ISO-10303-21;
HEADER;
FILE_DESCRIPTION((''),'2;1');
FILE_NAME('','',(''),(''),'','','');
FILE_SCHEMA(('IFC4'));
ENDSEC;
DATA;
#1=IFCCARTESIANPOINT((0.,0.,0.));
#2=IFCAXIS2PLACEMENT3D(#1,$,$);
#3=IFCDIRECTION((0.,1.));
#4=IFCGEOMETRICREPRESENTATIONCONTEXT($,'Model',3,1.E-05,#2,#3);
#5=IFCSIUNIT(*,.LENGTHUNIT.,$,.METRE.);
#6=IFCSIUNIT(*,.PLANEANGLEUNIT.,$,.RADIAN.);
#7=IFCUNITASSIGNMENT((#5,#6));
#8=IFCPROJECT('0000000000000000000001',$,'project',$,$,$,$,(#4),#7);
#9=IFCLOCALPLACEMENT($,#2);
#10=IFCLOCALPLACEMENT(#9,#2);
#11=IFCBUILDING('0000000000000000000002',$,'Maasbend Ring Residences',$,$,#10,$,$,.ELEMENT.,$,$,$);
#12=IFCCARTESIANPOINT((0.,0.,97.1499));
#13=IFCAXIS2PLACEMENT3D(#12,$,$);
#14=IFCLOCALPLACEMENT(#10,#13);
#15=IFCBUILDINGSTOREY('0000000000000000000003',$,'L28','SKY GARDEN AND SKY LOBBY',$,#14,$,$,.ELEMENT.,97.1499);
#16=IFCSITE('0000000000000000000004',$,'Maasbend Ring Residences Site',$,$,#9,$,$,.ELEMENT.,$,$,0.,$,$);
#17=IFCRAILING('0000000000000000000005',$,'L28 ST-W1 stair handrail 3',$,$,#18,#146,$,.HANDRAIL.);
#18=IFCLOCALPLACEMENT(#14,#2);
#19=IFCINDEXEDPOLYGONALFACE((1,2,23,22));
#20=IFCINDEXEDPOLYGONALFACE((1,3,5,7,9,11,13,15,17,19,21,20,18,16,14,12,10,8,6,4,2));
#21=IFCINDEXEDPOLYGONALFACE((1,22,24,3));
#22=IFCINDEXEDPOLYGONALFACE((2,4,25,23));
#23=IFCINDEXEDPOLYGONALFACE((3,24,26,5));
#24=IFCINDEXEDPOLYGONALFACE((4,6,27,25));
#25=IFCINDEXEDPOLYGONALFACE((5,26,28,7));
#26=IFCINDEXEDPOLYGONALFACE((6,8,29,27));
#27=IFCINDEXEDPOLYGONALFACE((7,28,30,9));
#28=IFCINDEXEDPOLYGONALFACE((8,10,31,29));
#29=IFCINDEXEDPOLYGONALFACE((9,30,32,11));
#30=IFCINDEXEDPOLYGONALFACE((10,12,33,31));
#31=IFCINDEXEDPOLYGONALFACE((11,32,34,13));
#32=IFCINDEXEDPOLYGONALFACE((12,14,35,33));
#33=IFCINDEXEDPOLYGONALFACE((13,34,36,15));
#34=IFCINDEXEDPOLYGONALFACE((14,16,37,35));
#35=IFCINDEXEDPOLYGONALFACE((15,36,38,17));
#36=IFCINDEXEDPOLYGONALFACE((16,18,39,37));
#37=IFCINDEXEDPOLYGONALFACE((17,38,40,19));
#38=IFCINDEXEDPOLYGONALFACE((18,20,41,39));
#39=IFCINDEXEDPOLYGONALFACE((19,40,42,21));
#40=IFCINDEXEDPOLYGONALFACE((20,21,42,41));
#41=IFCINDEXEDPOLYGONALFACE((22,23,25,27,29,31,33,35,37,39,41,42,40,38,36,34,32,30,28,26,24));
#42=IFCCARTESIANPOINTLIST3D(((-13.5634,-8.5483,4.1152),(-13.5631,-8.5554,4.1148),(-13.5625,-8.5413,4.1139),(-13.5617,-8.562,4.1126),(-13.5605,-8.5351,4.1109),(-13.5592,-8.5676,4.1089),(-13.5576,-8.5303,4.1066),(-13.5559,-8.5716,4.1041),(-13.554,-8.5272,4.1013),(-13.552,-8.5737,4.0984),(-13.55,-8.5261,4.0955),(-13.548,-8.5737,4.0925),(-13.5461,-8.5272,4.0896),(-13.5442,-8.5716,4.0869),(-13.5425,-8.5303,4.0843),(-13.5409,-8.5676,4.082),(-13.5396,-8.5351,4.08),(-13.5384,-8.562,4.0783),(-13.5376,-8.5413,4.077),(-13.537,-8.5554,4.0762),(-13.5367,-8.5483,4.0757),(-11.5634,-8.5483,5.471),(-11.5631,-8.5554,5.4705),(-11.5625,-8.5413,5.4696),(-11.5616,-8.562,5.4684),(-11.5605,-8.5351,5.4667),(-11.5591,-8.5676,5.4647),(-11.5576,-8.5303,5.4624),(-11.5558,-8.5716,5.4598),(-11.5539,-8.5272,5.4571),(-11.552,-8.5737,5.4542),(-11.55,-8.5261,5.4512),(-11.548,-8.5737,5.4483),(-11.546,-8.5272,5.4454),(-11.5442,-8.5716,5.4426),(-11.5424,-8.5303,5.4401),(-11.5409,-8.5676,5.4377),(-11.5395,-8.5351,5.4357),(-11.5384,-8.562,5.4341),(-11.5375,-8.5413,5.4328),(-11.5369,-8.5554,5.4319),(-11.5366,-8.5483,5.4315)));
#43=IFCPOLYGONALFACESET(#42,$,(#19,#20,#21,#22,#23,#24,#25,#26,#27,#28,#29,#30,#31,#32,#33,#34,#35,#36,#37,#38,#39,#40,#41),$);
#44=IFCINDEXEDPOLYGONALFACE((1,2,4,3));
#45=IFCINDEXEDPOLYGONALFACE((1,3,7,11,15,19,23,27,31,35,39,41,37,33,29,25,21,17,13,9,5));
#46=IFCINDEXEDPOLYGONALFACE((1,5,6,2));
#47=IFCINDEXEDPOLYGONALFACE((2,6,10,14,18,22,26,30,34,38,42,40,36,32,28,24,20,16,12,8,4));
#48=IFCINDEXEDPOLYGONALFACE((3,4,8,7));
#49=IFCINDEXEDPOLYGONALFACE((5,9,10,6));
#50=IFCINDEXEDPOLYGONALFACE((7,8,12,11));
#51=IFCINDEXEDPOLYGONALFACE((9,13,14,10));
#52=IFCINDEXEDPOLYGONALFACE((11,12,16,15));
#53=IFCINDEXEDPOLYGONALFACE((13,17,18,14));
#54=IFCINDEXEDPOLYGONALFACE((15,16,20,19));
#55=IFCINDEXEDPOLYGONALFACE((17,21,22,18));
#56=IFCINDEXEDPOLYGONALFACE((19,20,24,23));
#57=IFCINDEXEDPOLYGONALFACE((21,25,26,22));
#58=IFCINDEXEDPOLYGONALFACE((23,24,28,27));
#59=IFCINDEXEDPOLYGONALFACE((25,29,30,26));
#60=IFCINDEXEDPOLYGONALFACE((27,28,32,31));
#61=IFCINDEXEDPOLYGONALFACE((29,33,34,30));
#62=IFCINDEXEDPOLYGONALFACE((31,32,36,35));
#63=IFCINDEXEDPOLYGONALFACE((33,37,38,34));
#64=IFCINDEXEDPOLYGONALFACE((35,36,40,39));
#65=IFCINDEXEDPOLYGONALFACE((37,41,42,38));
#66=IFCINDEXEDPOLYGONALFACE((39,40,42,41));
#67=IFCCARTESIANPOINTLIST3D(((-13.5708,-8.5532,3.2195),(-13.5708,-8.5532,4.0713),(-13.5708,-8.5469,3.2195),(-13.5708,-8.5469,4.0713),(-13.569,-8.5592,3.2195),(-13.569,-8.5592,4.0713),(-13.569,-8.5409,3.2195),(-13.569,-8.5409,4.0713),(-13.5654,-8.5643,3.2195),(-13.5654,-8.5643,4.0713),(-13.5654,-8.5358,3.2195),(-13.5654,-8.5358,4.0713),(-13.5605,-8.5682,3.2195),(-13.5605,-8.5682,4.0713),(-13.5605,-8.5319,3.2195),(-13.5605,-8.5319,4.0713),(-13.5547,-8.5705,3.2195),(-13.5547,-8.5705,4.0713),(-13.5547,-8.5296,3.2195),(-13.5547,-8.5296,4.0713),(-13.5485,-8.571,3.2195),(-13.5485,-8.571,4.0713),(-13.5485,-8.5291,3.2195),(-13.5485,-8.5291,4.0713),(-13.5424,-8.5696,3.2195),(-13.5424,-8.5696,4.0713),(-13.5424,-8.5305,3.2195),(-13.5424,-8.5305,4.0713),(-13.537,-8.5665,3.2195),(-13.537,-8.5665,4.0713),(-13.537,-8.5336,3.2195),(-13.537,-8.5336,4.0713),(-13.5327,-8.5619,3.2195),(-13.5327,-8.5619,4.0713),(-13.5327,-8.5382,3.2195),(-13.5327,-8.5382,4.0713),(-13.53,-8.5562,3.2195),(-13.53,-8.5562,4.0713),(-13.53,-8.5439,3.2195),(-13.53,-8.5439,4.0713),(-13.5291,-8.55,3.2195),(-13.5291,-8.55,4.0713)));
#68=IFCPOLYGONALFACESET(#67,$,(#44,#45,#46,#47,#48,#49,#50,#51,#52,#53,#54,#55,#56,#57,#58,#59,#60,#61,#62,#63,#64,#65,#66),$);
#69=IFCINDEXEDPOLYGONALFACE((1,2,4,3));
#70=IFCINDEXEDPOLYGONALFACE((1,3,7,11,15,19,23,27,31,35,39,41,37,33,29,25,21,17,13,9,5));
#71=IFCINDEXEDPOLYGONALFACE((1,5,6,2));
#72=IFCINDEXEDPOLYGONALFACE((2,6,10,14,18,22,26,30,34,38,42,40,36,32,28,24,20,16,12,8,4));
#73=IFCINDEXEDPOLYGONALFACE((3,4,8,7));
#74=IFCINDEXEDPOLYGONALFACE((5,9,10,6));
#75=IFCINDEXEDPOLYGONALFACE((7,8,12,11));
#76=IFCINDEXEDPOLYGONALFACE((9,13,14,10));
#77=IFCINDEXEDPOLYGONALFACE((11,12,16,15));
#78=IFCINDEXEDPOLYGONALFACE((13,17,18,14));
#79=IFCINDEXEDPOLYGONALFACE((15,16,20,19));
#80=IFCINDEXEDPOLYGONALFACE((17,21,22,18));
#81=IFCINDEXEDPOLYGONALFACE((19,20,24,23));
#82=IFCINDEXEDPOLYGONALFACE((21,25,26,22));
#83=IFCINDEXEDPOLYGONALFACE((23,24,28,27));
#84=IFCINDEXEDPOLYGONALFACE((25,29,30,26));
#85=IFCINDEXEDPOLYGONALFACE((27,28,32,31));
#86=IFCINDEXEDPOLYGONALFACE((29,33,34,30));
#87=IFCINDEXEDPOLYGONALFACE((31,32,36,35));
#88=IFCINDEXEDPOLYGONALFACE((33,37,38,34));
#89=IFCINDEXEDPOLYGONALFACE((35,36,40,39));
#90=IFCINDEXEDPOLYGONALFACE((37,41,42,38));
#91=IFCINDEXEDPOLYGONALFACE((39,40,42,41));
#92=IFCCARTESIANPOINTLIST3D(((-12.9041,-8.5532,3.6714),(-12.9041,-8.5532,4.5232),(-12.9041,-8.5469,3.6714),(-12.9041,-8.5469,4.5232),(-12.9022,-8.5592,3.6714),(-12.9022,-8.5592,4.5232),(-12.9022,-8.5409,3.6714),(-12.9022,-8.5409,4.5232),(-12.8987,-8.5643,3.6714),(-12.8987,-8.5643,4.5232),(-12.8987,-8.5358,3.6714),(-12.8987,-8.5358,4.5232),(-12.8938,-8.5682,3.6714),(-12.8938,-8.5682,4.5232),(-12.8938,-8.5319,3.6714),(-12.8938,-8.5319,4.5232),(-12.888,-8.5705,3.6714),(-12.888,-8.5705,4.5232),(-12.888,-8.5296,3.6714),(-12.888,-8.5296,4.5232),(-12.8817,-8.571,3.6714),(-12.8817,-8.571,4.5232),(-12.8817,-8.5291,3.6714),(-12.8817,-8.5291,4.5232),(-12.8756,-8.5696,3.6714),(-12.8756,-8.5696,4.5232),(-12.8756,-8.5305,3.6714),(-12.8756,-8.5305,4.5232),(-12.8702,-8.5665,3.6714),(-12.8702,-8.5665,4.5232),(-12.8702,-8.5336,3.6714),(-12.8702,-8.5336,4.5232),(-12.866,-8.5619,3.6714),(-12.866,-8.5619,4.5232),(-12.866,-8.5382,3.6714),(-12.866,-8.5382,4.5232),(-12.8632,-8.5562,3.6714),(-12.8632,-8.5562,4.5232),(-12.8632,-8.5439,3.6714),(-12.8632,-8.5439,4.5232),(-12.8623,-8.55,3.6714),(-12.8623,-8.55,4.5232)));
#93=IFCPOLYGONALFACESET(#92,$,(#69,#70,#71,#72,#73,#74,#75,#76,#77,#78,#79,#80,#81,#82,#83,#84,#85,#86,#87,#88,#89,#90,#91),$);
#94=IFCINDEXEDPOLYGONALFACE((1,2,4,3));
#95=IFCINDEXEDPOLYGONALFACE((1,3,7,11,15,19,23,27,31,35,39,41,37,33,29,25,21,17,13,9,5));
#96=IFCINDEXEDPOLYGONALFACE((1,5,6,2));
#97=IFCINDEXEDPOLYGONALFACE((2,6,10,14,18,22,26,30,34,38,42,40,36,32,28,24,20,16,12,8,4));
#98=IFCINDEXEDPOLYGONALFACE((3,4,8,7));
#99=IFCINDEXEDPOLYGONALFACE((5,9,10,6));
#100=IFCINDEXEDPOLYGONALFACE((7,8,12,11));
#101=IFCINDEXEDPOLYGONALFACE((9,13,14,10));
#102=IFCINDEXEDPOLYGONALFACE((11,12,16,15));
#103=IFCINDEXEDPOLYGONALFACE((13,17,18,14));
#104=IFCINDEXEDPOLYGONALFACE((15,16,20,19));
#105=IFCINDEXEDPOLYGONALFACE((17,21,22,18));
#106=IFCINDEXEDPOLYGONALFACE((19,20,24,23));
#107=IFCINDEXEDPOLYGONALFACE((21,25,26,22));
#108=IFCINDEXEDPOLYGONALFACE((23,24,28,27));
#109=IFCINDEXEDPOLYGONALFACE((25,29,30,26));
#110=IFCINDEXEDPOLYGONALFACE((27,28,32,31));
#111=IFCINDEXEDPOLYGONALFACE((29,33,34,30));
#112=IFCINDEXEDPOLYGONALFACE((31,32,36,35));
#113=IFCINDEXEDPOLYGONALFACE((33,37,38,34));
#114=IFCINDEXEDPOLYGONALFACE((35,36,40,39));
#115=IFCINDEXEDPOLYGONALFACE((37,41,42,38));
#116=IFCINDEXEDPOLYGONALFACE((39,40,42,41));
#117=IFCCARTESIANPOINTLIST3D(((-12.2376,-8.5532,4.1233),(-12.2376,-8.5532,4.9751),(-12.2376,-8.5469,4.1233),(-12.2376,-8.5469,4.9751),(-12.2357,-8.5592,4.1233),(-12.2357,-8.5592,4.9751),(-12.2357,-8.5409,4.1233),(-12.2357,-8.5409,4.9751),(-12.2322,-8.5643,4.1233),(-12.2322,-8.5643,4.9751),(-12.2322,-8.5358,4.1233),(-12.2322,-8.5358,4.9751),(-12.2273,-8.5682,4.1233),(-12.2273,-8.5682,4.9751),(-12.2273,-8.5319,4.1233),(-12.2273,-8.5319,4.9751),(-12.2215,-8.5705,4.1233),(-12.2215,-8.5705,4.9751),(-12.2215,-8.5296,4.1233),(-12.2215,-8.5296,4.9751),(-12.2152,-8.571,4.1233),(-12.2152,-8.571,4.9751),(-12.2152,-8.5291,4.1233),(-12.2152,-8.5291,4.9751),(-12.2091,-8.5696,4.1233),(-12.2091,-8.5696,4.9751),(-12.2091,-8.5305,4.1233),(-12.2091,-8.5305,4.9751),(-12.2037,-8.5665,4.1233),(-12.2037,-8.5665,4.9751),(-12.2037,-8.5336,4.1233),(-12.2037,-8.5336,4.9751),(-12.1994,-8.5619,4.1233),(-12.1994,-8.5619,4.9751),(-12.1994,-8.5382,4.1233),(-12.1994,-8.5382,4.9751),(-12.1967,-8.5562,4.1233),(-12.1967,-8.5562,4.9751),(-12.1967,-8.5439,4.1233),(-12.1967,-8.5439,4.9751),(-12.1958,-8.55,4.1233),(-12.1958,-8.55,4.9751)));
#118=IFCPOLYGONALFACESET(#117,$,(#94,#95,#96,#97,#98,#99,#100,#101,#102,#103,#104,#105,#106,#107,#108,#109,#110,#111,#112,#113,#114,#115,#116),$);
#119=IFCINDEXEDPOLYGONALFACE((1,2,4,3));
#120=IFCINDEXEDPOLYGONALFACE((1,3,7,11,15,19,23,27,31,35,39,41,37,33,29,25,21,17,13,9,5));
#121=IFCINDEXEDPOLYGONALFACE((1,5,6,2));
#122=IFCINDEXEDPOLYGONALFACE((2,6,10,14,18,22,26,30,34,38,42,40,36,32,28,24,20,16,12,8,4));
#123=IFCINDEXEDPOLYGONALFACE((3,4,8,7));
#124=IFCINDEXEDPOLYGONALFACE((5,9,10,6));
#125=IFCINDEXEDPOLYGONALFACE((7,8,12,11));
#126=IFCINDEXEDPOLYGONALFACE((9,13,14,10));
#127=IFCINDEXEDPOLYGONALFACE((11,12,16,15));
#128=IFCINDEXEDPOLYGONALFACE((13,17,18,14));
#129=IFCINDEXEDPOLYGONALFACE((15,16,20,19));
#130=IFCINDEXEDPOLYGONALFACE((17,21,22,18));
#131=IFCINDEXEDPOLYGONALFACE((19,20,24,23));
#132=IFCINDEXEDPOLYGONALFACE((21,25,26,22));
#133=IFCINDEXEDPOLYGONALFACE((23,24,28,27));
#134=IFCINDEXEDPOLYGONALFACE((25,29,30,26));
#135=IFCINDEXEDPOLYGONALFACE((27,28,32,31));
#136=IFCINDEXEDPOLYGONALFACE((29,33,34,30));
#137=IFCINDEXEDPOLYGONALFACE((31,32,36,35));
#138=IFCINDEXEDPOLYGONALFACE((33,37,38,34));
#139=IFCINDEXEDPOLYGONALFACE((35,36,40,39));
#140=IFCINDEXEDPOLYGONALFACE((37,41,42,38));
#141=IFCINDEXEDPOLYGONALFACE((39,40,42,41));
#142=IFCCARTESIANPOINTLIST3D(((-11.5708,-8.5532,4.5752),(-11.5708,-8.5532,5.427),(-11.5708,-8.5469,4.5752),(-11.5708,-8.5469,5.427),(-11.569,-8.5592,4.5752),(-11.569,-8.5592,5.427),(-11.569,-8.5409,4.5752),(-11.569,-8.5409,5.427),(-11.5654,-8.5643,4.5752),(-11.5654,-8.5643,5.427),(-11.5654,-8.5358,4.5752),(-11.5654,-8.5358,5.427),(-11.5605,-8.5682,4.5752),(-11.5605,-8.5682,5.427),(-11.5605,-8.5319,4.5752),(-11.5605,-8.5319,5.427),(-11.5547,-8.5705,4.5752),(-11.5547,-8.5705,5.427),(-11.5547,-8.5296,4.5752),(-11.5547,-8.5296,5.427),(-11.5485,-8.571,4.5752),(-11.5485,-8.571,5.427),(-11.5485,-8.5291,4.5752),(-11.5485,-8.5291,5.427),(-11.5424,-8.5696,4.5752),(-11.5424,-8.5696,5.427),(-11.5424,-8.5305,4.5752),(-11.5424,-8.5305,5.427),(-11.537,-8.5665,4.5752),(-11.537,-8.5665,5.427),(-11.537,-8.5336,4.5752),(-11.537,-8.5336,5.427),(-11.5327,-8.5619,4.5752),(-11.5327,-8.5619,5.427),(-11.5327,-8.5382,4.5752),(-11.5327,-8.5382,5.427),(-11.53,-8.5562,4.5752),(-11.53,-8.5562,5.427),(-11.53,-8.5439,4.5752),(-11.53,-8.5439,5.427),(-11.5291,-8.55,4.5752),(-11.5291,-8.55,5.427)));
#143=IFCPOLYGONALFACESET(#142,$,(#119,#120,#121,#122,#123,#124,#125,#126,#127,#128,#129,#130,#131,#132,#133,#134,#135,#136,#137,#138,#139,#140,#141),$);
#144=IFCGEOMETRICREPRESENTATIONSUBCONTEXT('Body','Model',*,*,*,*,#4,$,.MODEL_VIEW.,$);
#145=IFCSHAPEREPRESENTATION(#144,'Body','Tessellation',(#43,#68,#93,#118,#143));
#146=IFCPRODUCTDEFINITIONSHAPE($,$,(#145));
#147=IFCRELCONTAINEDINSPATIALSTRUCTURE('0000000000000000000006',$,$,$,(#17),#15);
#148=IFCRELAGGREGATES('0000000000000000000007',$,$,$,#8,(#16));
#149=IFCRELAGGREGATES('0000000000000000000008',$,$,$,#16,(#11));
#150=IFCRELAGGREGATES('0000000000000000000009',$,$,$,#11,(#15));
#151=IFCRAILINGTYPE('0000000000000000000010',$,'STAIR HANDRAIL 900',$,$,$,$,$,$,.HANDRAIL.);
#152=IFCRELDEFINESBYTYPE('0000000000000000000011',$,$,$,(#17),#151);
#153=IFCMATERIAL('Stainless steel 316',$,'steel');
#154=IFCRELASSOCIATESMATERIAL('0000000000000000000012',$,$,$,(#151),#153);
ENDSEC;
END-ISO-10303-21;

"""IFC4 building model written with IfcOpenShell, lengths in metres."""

from ifc_helpers import new_model, si_unit, direction, frame, origin, origin_2d, place, context, subcontext, project, spatial, circle, extrude, material, type_object, element, save


model = new_model("IFC4")

# Units and contexts
model_context = context("Model", 3, precision=1e-05, world=origin(), true_north=direction((0.0, 1.0)))
body_context = subcontext(model_context, "Body", "Model", "MODEL_VIEW")
ifc_project = project(units=[si_unit("LENGTHUNIT", "METRE"), si_unit("PLANEANGLEUNIT", "RADIAN")], contexts=[model_context])

# Site, building, storey
site_placement = place(None, origin())
site = spatial("IfcSite", under=ifc_project, at=site_placement, Name="Maasbend Ring Residences Site", CompositionType="ELEMENT", RefElevation=0.0)
building_placement = place(site_placement, origin())
building = spatial("IfcBuilding", under=site, at=building_placement, Name="Maasbend Ring Residences", CompositionType="ELEMENT")
storey_placement = place(building_placement, frame((0.0, 0.0, 97.1499)))
storey = spatial("IfcBuildingStorey", under=building, at=storey_placement, Name="L28", Description="SKY GARDEN AND SKY LOBBY", CompositionType="ELEMENT", Elevation=97.1499)

# Railing
ifc_material_1 = material(Name="Stainless steel 316", Category="steel")
railing_type_1 = type_object("IfcRailingType", Name="STAIR HANDRAIL 900", PredefinedType="HANDRAIL", material=ifc_material_1)
railing_1_placement = place(storey_placement, frame((-13.55, -8.55, 3.2195)))
element("IfcRailing", 1, at=railing_1_placement, inside=storey, type_object=railing_type_1, Name="L28 ST-W1 stair handrail 3", PredefinedType="HANDRAIL", context=body_context, shape_type="SweptSolid", body=[
    extrude(circle(Radius=0.0239, at=origin_2d()), frame((0.0, 0.0, 0.876), z_axis=(0.827751, 0.0, 0.561096), x_axis=(0.0, 1.0, 0.0)), (0.0, 0.0, 1.0), 2.4163),
    extrude(circle(Radius=0.021, at=origin_2d()), origin(), (0.0, 0.0, 1.0), 0.8518),
    extrude(circle(Radius=0.021, at=origin_2d()), frame((0.6667, 0.0, 0.4519)), (0.0, 0.0, 1.0), 0.8518),
    extrude(circle(Radius=0.021, at=origin_2d()), frame((1.3333, 0.0, 0.9038)), (0.0, 0.0, 1.0), 0.8518),
    extrude(circle(Radius=0.021, at=origin_2d()), frame((2.0, 0.0, 1.3557)), (0.0, 0.0, 1.0), 0.8518),
])

save(model, "model.ifc")
